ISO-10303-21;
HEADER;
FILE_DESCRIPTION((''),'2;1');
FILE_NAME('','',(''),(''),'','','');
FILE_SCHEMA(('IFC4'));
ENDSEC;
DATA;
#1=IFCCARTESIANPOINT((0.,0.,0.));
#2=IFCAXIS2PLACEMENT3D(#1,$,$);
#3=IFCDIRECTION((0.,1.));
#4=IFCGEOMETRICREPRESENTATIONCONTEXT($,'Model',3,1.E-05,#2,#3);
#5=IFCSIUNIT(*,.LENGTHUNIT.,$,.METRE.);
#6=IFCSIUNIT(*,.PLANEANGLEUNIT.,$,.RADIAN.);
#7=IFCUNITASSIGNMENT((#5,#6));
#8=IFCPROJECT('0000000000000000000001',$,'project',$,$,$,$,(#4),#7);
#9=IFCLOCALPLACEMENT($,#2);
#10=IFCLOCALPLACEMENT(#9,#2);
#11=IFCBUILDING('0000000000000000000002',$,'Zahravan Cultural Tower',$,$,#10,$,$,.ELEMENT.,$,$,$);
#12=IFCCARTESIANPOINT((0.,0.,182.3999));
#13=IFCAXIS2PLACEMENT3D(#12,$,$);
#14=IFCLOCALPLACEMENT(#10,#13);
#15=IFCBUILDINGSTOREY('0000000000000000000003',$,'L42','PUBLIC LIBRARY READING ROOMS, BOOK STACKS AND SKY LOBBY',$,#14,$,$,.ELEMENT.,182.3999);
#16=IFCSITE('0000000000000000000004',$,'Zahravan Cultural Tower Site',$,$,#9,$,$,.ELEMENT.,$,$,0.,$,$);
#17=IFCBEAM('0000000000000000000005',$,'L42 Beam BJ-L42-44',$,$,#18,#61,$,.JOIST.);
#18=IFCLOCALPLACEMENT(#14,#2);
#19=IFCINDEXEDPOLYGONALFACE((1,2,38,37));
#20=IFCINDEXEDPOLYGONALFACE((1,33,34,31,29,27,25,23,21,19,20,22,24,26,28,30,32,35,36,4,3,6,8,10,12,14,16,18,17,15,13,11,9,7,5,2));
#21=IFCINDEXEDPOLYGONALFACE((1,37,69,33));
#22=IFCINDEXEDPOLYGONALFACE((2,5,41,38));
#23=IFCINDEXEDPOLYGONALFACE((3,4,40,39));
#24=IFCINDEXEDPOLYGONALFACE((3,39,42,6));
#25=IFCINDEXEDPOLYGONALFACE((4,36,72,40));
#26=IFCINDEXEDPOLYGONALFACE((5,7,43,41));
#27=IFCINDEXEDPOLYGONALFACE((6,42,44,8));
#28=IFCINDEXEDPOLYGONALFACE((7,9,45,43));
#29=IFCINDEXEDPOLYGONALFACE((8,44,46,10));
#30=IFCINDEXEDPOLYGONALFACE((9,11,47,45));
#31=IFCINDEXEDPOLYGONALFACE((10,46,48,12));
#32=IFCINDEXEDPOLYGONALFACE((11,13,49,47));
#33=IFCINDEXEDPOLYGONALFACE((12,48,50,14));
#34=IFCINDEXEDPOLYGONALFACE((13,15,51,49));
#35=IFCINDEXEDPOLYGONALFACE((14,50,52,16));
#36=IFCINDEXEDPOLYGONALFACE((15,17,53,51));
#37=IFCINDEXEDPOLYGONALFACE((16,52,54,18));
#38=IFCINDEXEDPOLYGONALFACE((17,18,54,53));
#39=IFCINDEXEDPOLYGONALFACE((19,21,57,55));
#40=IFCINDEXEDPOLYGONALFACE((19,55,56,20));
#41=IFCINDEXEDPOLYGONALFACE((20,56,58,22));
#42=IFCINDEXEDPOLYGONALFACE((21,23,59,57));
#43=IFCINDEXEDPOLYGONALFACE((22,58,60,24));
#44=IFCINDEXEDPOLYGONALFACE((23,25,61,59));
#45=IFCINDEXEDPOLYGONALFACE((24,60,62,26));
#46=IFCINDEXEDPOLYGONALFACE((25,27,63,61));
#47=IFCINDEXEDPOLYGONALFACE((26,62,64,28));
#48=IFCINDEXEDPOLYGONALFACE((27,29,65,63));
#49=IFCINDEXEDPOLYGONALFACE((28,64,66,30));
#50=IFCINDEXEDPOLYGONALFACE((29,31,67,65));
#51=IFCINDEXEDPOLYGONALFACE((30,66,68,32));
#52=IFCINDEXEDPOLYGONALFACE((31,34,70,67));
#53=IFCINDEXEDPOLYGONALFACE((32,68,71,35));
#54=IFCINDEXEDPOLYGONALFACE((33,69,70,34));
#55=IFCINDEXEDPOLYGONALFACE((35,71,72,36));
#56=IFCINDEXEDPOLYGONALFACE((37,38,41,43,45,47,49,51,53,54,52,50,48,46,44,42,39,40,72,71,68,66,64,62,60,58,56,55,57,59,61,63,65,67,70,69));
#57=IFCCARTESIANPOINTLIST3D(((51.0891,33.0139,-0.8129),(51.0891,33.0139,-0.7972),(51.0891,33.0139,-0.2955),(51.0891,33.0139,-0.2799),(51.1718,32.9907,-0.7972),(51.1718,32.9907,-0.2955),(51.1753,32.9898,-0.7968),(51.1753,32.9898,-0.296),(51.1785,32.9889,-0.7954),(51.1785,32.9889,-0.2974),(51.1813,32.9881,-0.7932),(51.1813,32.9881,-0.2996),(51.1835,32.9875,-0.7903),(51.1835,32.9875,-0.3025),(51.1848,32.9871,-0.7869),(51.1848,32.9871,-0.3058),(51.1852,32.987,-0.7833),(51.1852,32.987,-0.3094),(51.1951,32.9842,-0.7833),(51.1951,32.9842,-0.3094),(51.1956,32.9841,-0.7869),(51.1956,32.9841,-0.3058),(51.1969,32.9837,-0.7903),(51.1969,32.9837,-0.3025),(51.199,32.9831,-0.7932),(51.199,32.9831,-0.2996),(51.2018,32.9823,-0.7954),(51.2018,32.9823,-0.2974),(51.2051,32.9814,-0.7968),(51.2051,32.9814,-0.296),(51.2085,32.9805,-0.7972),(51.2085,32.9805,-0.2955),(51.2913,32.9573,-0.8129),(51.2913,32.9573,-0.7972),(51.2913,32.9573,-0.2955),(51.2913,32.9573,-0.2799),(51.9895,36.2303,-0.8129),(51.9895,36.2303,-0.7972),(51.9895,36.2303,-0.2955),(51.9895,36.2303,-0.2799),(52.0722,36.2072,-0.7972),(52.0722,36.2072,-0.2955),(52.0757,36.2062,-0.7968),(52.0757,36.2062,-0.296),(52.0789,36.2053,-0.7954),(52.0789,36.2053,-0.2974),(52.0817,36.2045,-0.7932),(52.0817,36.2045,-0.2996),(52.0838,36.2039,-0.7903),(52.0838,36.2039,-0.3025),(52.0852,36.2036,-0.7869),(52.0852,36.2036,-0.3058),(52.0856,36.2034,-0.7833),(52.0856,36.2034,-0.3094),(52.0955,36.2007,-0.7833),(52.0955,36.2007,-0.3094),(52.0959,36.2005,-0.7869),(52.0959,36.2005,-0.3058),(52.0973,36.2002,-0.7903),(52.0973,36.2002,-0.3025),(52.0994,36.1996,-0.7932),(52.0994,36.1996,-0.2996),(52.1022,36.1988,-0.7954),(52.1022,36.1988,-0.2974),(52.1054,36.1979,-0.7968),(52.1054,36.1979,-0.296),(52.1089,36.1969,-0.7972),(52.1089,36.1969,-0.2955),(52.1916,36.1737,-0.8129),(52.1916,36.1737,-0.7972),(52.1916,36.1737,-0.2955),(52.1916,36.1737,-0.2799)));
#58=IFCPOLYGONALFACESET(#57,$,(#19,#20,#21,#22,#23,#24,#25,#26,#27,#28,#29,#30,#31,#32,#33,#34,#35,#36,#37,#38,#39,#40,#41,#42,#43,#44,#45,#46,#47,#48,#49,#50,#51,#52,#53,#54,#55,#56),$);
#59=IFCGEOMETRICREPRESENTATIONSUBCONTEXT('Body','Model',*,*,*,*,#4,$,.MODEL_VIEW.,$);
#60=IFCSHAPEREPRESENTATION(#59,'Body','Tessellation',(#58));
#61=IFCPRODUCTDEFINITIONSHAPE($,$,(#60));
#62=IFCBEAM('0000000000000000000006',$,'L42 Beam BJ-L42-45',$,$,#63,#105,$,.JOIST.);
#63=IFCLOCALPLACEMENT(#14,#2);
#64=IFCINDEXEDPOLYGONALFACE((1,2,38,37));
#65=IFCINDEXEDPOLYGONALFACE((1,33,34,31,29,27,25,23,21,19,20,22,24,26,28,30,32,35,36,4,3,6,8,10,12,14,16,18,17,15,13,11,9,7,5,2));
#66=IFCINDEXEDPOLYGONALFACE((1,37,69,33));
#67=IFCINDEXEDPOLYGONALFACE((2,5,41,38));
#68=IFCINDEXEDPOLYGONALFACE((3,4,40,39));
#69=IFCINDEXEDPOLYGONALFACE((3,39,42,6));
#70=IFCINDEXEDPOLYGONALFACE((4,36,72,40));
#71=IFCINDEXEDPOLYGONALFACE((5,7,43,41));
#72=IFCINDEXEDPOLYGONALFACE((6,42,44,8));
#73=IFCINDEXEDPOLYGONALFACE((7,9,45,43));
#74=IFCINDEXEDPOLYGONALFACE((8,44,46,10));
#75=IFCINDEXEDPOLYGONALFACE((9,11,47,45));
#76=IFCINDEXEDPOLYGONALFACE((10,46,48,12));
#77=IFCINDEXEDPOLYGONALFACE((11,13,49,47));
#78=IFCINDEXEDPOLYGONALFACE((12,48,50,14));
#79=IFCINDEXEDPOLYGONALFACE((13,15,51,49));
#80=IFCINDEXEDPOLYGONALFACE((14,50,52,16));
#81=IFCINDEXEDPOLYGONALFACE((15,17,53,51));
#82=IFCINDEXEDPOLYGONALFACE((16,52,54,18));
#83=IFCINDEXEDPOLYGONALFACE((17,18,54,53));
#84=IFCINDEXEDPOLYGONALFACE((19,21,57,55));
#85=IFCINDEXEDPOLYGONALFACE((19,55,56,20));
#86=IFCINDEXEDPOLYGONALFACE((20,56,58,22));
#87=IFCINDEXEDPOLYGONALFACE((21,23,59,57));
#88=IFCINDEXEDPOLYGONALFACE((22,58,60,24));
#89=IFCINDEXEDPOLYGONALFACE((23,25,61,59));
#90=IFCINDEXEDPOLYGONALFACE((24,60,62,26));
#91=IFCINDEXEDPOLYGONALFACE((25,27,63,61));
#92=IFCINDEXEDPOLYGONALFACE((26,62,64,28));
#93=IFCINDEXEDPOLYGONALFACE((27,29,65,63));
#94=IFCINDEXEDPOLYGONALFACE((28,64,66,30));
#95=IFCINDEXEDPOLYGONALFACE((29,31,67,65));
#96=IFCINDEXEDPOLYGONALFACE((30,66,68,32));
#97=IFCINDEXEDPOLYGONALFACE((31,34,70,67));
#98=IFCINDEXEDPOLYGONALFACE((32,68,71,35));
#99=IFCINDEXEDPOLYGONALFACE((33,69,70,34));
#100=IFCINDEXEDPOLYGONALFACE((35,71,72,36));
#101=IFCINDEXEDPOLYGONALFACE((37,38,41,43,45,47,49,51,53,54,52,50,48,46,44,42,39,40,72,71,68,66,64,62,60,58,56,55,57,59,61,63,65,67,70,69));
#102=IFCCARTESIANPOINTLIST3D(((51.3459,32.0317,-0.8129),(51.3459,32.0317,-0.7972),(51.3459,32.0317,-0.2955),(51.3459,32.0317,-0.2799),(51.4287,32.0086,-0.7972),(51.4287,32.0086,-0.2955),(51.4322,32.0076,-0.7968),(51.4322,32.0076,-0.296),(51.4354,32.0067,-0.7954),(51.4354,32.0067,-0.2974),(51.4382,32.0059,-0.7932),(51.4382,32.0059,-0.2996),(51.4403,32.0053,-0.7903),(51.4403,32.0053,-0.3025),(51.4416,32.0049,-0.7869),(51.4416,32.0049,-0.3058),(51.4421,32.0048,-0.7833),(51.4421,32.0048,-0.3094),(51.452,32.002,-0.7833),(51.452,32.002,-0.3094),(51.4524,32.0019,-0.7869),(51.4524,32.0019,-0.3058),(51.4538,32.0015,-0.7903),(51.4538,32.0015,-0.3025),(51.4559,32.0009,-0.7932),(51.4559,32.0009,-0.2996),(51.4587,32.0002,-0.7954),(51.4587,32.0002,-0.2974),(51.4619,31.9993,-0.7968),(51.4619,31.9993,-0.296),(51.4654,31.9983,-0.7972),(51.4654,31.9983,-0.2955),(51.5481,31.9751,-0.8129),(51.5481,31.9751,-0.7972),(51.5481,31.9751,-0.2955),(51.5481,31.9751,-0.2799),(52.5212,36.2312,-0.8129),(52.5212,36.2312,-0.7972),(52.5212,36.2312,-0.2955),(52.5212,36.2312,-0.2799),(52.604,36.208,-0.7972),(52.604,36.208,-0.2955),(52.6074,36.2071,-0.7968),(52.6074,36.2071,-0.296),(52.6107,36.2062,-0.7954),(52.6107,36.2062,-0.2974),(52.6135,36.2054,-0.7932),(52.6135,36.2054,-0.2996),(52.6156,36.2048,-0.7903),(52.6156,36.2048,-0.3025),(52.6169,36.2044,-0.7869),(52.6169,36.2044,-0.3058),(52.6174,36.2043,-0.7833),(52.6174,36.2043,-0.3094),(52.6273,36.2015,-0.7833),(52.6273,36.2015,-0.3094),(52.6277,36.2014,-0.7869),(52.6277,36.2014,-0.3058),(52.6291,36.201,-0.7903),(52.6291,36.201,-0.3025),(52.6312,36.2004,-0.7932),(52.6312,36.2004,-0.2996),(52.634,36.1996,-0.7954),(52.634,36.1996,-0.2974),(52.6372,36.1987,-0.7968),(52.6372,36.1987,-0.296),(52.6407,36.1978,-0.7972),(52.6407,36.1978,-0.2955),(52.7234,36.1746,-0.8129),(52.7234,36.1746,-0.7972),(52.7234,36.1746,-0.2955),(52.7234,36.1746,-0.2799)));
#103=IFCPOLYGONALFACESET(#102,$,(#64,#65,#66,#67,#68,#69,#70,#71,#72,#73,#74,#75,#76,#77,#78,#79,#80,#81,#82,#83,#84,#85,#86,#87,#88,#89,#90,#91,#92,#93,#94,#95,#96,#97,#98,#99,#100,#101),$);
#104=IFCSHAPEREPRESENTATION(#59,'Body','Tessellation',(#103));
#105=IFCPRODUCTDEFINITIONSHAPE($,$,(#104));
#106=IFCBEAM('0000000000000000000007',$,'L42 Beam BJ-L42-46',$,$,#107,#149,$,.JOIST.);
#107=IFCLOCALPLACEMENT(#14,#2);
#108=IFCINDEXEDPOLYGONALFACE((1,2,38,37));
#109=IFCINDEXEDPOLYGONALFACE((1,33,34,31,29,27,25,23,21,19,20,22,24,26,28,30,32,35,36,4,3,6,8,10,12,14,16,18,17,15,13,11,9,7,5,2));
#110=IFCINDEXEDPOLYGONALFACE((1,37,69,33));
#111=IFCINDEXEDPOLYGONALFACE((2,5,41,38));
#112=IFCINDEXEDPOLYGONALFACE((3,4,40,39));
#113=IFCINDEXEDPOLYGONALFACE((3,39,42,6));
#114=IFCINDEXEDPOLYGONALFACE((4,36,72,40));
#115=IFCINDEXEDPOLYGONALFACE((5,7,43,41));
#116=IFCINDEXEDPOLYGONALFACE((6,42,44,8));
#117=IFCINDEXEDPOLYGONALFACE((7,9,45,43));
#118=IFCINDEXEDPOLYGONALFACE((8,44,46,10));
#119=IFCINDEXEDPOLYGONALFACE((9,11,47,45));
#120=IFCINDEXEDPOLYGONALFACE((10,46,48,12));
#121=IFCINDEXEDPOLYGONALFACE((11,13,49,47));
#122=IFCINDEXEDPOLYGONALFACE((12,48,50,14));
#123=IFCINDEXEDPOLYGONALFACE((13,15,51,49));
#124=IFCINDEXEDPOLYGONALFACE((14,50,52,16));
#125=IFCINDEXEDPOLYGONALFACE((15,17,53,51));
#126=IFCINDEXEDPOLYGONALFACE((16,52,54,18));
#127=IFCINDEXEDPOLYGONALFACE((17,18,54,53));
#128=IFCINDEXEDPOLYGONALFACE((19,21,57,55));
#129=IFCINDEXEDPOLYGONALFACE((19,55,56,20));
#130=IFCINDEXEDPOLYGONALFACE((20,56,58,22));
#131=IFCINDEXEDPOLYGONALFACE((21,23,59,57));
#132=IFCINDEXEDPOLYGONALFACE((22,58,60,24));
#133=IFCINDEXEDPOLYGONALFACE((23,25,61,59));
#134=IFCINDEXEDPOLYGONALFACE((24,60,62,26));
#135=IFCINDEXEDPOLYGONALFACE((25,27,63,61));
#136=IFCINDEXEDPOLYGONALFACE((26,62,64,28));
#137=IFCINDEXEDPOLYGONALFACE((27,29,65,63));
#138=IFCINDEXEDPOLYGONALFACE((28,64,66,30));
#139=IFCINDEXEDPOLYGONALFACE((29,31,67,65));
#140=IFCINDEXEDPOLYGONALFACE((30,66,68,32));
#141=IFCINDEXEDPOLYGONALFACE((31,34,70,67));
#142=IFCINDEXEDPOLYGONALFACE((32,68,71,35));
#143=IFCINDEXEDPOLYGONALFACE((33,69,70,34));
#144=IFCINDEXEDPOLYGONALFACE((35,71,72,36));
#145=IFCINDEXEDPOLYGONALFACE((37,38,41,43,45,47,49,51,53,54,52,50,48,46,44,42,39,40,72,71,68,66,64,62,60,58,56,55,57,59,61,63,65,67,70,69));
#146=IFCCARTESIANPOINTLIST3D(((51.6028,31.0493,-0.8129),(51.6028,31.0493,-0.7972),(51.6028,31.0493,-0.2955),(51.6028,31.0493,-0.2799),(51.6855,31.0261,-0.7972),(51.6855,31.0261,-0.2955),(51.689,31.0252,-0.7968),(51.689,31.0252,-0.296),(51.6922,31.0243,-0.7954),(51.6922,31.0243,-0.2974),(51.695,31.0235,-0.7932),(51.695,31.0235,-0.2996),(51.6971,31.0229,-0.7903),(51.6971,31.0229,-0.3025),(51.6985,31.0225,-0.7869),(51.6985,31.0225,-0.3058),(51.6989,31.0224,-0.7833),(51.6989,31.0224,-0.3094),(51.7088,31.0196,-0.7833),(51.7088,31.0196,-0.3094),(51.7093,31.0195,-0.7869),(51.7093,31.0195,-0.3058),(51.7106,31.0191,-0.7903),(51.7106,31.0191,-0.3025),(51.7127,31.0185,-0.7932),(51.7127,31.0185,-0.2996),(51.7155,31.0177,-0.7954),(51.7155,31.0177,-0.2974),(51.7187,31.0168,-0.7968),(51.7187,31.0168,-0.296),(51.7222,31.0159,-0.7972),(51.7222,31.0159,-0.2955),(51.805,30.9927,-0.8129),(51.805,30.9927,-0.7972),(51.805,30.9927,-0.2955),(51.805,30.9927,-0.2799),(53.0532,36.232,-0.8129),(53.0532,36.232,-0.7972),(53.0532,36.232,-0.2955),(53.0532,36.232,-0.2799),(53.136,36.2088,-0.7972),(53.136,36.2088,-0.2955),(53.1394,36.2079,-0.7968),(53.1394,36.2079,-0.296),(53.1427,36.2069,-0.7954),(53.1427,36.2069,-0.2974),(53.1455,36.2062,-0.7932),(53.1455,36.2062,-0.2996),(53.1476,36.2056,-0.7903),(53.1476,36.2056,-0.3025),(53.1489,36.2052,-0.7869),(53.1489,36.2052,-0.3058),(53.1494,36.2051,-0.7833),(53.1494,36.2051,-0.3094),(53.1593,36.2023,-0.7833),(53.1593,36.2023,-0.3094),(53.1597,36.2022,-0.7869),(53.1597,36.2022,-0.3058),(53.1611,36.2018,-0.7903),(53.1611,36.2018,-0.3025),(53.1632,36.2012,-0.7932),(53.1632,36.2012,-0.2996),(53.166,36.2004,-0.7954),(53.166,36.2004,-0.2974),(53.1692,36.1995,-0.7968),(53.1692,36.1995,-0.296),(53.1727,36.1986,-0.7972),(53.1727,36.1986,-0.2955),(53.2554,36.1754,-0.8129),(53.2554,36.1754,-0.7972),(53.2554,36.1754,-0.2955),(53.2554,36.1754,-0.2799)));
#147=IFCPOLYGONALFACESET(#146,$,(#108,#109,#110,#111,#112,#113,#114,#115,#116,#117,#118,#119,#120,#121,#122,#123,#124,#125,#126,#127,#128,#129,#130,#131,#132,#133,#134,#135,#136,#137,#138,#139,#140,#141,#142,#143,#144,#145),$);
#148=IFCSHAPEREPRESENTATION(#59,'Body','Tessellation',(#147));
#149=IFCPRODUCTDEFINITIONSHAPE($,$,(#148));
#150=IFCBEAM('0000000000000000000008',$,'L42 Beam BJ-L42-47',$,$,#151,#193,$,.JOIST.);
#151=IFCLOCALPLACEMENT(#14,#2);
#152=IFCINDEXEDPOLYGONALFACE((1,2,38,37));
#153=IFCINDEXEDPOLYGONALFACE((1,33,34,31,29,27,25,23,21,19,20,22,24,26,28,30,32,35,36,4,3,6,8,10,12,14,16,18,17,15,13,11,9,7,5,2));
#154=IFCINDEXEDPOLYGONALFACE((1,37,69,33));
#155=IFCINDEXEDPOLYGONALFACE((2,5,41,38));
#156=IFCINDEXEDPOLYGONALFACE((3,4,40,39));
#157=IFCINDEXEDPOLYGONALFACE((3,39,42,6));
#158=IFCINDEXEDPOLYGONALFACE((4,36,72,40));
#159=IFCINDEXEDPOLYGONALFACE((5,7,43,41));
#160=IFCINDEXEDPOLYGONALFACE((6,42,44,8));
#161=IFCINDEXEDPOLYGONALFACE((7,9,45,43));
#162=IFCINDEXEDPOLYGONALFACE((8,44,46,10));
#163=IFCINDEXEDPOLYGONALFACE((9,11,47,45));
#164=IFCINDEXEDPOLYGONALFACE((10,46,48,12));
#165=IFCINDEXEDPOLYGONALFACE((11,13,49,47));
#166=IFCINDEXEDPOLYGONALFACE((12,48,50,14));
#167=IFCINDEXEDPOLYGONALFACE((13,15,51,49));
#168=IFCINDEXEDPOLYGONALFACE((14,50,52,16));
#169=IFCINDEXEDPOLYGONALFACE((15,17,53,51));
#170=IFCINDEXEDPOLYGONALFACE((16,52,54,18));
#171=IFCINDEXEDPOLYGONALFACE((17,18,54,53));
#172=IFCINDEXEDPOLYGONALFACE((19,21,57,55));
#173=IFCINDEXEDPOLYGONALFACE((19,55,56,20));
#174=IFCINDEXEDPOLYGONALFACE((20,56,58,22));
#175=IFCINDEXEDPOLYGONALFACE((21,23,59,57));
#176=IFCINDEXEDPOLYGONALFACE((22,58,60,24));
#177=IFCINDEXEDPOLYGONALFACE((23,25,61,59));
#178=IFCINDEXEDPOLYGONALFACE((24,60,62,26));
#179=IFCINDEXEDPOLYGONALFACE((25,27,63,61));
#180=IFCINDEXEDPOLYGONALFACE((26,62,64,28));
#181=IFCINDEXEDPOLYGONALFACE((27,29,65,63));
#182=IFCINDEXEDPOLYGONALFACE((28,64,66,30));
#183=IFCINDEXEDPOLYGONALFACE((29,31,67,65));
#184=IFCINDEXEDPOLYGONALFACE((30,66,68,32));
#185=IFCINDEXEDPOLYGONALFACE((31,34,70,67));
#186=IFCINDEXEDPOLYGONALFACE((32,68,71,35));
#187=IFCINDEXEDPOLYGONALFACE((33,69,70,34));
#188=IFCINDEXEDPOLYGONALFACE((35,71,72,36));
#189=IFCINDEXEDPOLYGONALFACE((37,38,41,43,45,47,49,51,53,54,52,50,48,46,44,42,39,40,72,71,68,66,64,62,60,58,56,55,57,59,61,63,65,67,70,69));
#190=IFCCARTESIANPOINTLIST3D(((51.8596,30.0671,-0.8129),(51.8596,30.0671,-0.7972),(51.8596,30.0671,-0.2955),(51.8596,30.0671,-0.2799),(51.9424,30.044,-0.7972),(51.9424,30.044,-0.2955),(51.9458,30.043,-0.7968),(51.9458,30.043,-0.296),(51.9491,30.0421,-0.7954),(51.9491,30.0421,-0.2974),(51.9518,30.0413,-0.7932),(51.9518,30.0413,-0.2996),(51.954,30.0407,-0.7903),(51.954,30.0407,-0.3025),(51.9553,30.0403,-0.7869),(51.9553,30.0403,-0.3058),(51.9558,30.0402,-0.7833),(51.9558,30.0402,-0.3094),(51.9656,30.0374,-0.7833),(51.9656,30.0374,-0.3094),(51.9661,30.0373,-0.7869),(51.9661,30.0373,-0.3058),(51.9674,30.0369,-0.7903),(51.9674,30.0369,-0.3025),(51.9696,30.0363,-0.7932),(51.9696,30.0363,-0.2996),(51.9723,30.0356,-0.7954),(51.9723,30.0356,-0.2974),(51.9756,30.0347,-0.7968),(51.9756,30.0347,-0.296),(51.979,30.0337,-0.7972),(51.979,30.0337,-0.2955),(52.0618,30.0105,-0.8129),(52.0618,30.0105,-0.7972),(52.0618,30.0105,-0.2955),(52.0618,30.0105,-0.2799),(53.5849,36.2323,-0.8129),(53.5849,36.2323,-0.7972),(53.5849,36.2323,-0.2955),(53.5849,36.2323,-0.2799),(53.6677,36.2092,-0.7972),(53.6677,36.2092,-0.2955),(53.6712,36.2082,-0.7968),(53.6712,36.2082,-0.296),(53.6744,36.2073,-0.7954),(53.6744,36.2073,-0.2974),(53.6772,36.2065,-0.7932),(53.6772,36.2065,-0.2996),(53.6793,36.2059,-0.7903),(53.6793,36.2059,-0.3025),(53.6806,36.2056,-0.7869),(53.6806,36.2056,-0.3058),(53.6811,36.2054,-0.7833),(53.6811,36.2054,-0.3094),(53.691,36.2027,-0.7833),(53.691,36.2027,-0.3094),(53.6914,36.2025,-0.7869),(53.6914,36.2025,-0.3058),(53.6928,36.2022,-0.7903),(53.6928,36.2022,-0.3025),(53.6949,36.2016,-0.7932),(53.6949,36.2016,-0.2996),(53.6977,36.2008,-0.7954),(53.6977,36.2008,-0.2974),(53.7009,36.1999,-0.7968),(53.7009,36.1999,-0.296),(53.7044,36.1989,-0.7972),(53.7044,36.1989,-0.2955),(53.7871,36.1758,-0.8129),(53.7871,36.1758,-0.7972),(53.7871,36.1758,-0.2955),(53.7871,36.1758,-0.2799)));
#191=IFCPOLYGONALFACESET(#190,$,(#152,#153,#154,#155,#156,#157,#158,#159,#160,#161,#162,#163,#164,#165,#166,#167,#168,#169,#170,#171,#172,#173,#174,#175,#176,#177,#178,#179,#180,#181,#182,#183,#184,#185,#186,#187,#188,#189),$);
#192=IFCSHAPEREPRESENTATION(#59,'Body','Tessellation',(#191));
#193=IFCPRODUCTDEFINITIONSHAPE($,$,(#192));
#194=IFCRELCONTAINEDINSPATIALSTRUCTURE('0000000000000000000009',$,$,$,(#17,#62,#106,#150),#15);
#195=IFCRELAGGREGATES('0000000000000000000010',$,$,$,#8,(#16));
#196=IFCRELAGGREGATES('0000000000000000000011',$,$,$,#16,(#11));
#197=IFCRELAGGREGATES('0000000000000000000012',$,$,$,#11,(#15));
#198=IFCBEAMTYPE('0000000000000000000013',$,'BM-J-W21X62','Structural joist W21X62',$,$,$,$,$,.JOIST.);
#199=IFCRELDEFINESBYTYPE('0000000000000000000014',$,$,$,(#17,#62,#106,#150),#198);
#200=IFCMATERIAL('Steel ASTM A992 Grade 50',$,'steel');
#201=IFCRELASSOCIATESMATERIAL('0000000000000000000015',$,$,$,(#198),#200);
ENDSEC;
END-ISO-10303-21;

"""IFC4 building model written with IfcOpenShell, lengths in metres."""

from ifc_helpers import new_model, si_unit, direction, frame, origin, origin_2d, place, context, subcontext, project, spatial, i_section, extrude, source, transform, mapped, material, material_profile, profile_set, type_object, element, save


model = new_model("IFC4")

# Units and contexts
model_context = context("Model", 3, precision=1e-05, world=origin(), true_north=direction((0.0, 1.0)))
body_context = subcontext(model_context, "Body", "Model", "MODEL_VIEW")
ifc_project = project(units=[si_unit("LENGTHUNIT", "METRE"), si_unit("PLANEANGLEUNIT", "RADIAN")], contexts=[model_context])

# Site, building, storey
site_placement = place(None, origin())
site = spatial("IfcSite", under=ifc_project, at=site_placement, Name="Zahravan Cultural Tower Site", CompositionType="ELEMENT", RefElevation=0.0)
building_placement = place(site_placement, origin())
building = spatial("IfcBuilding", under=site, at=building_placement, Name="Zahravan Cultural Tower", CompositionType="ELEMENT")
storey_placement = place(building_placement, frame((0.0, 0.0, 182.3999)))
storey = spatial("IfcBuildingStorey", under=building, at=storey_placement, Name="L42", Description="PUBLIC LIBRARY READING ROOMS, BOOK STACKS AND SKY LOBBY", CompositionType="ELEMENT", Elevation=182.3999)

# Shared definitions
ifc_material_1 = material(Name="Steel ASTM A992 Grade 50", Category="steel")

# Beams
ifc_material_profile_1 = material_profile(ifc_material_1, i_section(OverallWidth=0.21, OverallDepth=0.533, WebThickness=0.0103, FlangeThickness=0.0156, FilletRadius=0.0139, at=origin_2d()), Name="W21X62")
ifc_profile_set_1 = profile_set([ifc_material_profile_1], Name="Steel ASTM A992 Grade 50")
beam_type_1 = type_object("IfcBeamType", Name="BM-J-W21X62", Description="Structural joist W21X62", PredefinedType="JOIST", material=ifc_profile_set_1)
shared_shape_1 = source(origin(), body_context, "Body", "SweptSolid", [
    extrude(i_section(OverallWidth=0.21, OverallDepth=0.533, WebThickness=0.0103, FlangeThickness=0.0156, FilletRadius=0.0139, at=origin_2d()), origin(), (0.0, 0.0, 1.0), 3.3401),
])
beam_1_placement = place(storey_placement, frame((51.1902, 32.9856, -0.5464), z_axis=(0.269562, 0.962983, 0.0), x_axis=(-0.962983, 0.269562, 0.0)))
element("IfcBeam", 1, at=beam_1_placement, inside=storey, type_object=beam_type_1, Name="L42 Beam BJ-L42-44", PredefinedType="JOIST", context=body_context, shape_type="MappedRepresentation", body=[
    mapped(shared_shape_1, transform((0.0, 0.0, 0.0), x_axis=(1.0, 0.0, 0.0), y_axis=(0.0, 1.0, 0.0), z_axis=(0.0, 0.0, 1.0), scale=1.0)),
])
shared_shape_2 = source(origin(), body_context, "Body", "SweptSolid", [
    extrude(i_section(OverallWidth=0.21, OverallDepth=0.533, WebThickness=0.0103, FlangeThickness=0.0156, FilletRadius=0.0139, at=origin_2d()), origin(), (0.0, 0.0, 1.0), 4.3608),
])
beam_2_placement = place(storey_placement, frame((51.447, 32.0034, -0.5464), z_axis=(0.269512, 0.962997, 0.0), x_axis=(-0.962997, 0.269512, 0.0)))
element("IfcBeam", 2, at=beam_2_placement, inside=storey, type_object=beam_type_1, Name="L42 Beam BJ-L42-45", PredefinedType="JOIST", context=body_context, shape_type="MappedRepresentation", body=[
    mapped(shared_shape_2, transform((0.0, 0.0, 0.0), x_axis=(1.0, 0.0, 0.0), y_axis=(0.0, 1.0, 0.0), z_axis=(0.0, 0.0, 1.0), scale=1.0)),
])
shared_shape_3 = source(origin(), body_context, "Body", "SweptSolid", [
    extrude(i_section(OverallWidth=0.21, OverallDepth=0.533, WebThickness=0.0103, FlangeThickness=0.0156, FilletRadius=0.0139, at=origin_2d()), origin(), (0.0, 0.0, 1.0), 5.3818),
])
beam_3_placement = place(storey_placement, frame((51.7039, 31.021, -0.5464), z_axis=(0.26951, 0.962997, 0.0), x_axis=(-0.962997, 0.26951, 0.0)))
element("IfcBeam", 3, at=beam_3_placement, inside=storey, type_object=beam_type_1, Name="L42 Beam BJ-L42-46", PredefinedType="JOIST", context=body_context, shape_type="MappedRepresentation", body=[
    mapped(shared_shape_3, transform((0.0, 0.0, 0.0), x_axis=(1.0, 0.0, 0.0), y_axis=(0.0, 1.0, 0.0), z_axis=(0.0, 0.0, 1.0), scale=1.0)),
])
shared_shape_4 = source(origin(), body_context, "Body", "SweptSolid", [
    extrude(i_section(OverallWidth=0.21, OverallDepth=0.533, WebThickness=0.0103, FlangeThickness=0.0156, FilletRadius=0.0139, at=origin_2d()), origin(), (0.0, 0.0, 1.0), 6.4021),
])
beam_4_placement = place(storey_placement, frame((51.9607, 30.0388, -0.5464), z_axis=(0.269494, 0.963002, 0.0), x_axis=(-0.963002, 0.269494, 0.0)))
element("IfcBeam", 4, at=beam_4_placement, inside=storey, type_object=beam_type_1, Name="L42 Beam BJ-L42-47", PredefinedType="JOIST", context=body_context, shape_type="MappedRepresentation", body=[
    mapped(shared_shape_4, transform((0.0, 0.0, 0.0), x_axis=(1.0, 0.0, 0.0), y_axis=(0.0, 1.0, 0.0), z_axis=(0.0, 0.0, 1.0), scale=1.0)),
])

save(model, "model.ifc")
